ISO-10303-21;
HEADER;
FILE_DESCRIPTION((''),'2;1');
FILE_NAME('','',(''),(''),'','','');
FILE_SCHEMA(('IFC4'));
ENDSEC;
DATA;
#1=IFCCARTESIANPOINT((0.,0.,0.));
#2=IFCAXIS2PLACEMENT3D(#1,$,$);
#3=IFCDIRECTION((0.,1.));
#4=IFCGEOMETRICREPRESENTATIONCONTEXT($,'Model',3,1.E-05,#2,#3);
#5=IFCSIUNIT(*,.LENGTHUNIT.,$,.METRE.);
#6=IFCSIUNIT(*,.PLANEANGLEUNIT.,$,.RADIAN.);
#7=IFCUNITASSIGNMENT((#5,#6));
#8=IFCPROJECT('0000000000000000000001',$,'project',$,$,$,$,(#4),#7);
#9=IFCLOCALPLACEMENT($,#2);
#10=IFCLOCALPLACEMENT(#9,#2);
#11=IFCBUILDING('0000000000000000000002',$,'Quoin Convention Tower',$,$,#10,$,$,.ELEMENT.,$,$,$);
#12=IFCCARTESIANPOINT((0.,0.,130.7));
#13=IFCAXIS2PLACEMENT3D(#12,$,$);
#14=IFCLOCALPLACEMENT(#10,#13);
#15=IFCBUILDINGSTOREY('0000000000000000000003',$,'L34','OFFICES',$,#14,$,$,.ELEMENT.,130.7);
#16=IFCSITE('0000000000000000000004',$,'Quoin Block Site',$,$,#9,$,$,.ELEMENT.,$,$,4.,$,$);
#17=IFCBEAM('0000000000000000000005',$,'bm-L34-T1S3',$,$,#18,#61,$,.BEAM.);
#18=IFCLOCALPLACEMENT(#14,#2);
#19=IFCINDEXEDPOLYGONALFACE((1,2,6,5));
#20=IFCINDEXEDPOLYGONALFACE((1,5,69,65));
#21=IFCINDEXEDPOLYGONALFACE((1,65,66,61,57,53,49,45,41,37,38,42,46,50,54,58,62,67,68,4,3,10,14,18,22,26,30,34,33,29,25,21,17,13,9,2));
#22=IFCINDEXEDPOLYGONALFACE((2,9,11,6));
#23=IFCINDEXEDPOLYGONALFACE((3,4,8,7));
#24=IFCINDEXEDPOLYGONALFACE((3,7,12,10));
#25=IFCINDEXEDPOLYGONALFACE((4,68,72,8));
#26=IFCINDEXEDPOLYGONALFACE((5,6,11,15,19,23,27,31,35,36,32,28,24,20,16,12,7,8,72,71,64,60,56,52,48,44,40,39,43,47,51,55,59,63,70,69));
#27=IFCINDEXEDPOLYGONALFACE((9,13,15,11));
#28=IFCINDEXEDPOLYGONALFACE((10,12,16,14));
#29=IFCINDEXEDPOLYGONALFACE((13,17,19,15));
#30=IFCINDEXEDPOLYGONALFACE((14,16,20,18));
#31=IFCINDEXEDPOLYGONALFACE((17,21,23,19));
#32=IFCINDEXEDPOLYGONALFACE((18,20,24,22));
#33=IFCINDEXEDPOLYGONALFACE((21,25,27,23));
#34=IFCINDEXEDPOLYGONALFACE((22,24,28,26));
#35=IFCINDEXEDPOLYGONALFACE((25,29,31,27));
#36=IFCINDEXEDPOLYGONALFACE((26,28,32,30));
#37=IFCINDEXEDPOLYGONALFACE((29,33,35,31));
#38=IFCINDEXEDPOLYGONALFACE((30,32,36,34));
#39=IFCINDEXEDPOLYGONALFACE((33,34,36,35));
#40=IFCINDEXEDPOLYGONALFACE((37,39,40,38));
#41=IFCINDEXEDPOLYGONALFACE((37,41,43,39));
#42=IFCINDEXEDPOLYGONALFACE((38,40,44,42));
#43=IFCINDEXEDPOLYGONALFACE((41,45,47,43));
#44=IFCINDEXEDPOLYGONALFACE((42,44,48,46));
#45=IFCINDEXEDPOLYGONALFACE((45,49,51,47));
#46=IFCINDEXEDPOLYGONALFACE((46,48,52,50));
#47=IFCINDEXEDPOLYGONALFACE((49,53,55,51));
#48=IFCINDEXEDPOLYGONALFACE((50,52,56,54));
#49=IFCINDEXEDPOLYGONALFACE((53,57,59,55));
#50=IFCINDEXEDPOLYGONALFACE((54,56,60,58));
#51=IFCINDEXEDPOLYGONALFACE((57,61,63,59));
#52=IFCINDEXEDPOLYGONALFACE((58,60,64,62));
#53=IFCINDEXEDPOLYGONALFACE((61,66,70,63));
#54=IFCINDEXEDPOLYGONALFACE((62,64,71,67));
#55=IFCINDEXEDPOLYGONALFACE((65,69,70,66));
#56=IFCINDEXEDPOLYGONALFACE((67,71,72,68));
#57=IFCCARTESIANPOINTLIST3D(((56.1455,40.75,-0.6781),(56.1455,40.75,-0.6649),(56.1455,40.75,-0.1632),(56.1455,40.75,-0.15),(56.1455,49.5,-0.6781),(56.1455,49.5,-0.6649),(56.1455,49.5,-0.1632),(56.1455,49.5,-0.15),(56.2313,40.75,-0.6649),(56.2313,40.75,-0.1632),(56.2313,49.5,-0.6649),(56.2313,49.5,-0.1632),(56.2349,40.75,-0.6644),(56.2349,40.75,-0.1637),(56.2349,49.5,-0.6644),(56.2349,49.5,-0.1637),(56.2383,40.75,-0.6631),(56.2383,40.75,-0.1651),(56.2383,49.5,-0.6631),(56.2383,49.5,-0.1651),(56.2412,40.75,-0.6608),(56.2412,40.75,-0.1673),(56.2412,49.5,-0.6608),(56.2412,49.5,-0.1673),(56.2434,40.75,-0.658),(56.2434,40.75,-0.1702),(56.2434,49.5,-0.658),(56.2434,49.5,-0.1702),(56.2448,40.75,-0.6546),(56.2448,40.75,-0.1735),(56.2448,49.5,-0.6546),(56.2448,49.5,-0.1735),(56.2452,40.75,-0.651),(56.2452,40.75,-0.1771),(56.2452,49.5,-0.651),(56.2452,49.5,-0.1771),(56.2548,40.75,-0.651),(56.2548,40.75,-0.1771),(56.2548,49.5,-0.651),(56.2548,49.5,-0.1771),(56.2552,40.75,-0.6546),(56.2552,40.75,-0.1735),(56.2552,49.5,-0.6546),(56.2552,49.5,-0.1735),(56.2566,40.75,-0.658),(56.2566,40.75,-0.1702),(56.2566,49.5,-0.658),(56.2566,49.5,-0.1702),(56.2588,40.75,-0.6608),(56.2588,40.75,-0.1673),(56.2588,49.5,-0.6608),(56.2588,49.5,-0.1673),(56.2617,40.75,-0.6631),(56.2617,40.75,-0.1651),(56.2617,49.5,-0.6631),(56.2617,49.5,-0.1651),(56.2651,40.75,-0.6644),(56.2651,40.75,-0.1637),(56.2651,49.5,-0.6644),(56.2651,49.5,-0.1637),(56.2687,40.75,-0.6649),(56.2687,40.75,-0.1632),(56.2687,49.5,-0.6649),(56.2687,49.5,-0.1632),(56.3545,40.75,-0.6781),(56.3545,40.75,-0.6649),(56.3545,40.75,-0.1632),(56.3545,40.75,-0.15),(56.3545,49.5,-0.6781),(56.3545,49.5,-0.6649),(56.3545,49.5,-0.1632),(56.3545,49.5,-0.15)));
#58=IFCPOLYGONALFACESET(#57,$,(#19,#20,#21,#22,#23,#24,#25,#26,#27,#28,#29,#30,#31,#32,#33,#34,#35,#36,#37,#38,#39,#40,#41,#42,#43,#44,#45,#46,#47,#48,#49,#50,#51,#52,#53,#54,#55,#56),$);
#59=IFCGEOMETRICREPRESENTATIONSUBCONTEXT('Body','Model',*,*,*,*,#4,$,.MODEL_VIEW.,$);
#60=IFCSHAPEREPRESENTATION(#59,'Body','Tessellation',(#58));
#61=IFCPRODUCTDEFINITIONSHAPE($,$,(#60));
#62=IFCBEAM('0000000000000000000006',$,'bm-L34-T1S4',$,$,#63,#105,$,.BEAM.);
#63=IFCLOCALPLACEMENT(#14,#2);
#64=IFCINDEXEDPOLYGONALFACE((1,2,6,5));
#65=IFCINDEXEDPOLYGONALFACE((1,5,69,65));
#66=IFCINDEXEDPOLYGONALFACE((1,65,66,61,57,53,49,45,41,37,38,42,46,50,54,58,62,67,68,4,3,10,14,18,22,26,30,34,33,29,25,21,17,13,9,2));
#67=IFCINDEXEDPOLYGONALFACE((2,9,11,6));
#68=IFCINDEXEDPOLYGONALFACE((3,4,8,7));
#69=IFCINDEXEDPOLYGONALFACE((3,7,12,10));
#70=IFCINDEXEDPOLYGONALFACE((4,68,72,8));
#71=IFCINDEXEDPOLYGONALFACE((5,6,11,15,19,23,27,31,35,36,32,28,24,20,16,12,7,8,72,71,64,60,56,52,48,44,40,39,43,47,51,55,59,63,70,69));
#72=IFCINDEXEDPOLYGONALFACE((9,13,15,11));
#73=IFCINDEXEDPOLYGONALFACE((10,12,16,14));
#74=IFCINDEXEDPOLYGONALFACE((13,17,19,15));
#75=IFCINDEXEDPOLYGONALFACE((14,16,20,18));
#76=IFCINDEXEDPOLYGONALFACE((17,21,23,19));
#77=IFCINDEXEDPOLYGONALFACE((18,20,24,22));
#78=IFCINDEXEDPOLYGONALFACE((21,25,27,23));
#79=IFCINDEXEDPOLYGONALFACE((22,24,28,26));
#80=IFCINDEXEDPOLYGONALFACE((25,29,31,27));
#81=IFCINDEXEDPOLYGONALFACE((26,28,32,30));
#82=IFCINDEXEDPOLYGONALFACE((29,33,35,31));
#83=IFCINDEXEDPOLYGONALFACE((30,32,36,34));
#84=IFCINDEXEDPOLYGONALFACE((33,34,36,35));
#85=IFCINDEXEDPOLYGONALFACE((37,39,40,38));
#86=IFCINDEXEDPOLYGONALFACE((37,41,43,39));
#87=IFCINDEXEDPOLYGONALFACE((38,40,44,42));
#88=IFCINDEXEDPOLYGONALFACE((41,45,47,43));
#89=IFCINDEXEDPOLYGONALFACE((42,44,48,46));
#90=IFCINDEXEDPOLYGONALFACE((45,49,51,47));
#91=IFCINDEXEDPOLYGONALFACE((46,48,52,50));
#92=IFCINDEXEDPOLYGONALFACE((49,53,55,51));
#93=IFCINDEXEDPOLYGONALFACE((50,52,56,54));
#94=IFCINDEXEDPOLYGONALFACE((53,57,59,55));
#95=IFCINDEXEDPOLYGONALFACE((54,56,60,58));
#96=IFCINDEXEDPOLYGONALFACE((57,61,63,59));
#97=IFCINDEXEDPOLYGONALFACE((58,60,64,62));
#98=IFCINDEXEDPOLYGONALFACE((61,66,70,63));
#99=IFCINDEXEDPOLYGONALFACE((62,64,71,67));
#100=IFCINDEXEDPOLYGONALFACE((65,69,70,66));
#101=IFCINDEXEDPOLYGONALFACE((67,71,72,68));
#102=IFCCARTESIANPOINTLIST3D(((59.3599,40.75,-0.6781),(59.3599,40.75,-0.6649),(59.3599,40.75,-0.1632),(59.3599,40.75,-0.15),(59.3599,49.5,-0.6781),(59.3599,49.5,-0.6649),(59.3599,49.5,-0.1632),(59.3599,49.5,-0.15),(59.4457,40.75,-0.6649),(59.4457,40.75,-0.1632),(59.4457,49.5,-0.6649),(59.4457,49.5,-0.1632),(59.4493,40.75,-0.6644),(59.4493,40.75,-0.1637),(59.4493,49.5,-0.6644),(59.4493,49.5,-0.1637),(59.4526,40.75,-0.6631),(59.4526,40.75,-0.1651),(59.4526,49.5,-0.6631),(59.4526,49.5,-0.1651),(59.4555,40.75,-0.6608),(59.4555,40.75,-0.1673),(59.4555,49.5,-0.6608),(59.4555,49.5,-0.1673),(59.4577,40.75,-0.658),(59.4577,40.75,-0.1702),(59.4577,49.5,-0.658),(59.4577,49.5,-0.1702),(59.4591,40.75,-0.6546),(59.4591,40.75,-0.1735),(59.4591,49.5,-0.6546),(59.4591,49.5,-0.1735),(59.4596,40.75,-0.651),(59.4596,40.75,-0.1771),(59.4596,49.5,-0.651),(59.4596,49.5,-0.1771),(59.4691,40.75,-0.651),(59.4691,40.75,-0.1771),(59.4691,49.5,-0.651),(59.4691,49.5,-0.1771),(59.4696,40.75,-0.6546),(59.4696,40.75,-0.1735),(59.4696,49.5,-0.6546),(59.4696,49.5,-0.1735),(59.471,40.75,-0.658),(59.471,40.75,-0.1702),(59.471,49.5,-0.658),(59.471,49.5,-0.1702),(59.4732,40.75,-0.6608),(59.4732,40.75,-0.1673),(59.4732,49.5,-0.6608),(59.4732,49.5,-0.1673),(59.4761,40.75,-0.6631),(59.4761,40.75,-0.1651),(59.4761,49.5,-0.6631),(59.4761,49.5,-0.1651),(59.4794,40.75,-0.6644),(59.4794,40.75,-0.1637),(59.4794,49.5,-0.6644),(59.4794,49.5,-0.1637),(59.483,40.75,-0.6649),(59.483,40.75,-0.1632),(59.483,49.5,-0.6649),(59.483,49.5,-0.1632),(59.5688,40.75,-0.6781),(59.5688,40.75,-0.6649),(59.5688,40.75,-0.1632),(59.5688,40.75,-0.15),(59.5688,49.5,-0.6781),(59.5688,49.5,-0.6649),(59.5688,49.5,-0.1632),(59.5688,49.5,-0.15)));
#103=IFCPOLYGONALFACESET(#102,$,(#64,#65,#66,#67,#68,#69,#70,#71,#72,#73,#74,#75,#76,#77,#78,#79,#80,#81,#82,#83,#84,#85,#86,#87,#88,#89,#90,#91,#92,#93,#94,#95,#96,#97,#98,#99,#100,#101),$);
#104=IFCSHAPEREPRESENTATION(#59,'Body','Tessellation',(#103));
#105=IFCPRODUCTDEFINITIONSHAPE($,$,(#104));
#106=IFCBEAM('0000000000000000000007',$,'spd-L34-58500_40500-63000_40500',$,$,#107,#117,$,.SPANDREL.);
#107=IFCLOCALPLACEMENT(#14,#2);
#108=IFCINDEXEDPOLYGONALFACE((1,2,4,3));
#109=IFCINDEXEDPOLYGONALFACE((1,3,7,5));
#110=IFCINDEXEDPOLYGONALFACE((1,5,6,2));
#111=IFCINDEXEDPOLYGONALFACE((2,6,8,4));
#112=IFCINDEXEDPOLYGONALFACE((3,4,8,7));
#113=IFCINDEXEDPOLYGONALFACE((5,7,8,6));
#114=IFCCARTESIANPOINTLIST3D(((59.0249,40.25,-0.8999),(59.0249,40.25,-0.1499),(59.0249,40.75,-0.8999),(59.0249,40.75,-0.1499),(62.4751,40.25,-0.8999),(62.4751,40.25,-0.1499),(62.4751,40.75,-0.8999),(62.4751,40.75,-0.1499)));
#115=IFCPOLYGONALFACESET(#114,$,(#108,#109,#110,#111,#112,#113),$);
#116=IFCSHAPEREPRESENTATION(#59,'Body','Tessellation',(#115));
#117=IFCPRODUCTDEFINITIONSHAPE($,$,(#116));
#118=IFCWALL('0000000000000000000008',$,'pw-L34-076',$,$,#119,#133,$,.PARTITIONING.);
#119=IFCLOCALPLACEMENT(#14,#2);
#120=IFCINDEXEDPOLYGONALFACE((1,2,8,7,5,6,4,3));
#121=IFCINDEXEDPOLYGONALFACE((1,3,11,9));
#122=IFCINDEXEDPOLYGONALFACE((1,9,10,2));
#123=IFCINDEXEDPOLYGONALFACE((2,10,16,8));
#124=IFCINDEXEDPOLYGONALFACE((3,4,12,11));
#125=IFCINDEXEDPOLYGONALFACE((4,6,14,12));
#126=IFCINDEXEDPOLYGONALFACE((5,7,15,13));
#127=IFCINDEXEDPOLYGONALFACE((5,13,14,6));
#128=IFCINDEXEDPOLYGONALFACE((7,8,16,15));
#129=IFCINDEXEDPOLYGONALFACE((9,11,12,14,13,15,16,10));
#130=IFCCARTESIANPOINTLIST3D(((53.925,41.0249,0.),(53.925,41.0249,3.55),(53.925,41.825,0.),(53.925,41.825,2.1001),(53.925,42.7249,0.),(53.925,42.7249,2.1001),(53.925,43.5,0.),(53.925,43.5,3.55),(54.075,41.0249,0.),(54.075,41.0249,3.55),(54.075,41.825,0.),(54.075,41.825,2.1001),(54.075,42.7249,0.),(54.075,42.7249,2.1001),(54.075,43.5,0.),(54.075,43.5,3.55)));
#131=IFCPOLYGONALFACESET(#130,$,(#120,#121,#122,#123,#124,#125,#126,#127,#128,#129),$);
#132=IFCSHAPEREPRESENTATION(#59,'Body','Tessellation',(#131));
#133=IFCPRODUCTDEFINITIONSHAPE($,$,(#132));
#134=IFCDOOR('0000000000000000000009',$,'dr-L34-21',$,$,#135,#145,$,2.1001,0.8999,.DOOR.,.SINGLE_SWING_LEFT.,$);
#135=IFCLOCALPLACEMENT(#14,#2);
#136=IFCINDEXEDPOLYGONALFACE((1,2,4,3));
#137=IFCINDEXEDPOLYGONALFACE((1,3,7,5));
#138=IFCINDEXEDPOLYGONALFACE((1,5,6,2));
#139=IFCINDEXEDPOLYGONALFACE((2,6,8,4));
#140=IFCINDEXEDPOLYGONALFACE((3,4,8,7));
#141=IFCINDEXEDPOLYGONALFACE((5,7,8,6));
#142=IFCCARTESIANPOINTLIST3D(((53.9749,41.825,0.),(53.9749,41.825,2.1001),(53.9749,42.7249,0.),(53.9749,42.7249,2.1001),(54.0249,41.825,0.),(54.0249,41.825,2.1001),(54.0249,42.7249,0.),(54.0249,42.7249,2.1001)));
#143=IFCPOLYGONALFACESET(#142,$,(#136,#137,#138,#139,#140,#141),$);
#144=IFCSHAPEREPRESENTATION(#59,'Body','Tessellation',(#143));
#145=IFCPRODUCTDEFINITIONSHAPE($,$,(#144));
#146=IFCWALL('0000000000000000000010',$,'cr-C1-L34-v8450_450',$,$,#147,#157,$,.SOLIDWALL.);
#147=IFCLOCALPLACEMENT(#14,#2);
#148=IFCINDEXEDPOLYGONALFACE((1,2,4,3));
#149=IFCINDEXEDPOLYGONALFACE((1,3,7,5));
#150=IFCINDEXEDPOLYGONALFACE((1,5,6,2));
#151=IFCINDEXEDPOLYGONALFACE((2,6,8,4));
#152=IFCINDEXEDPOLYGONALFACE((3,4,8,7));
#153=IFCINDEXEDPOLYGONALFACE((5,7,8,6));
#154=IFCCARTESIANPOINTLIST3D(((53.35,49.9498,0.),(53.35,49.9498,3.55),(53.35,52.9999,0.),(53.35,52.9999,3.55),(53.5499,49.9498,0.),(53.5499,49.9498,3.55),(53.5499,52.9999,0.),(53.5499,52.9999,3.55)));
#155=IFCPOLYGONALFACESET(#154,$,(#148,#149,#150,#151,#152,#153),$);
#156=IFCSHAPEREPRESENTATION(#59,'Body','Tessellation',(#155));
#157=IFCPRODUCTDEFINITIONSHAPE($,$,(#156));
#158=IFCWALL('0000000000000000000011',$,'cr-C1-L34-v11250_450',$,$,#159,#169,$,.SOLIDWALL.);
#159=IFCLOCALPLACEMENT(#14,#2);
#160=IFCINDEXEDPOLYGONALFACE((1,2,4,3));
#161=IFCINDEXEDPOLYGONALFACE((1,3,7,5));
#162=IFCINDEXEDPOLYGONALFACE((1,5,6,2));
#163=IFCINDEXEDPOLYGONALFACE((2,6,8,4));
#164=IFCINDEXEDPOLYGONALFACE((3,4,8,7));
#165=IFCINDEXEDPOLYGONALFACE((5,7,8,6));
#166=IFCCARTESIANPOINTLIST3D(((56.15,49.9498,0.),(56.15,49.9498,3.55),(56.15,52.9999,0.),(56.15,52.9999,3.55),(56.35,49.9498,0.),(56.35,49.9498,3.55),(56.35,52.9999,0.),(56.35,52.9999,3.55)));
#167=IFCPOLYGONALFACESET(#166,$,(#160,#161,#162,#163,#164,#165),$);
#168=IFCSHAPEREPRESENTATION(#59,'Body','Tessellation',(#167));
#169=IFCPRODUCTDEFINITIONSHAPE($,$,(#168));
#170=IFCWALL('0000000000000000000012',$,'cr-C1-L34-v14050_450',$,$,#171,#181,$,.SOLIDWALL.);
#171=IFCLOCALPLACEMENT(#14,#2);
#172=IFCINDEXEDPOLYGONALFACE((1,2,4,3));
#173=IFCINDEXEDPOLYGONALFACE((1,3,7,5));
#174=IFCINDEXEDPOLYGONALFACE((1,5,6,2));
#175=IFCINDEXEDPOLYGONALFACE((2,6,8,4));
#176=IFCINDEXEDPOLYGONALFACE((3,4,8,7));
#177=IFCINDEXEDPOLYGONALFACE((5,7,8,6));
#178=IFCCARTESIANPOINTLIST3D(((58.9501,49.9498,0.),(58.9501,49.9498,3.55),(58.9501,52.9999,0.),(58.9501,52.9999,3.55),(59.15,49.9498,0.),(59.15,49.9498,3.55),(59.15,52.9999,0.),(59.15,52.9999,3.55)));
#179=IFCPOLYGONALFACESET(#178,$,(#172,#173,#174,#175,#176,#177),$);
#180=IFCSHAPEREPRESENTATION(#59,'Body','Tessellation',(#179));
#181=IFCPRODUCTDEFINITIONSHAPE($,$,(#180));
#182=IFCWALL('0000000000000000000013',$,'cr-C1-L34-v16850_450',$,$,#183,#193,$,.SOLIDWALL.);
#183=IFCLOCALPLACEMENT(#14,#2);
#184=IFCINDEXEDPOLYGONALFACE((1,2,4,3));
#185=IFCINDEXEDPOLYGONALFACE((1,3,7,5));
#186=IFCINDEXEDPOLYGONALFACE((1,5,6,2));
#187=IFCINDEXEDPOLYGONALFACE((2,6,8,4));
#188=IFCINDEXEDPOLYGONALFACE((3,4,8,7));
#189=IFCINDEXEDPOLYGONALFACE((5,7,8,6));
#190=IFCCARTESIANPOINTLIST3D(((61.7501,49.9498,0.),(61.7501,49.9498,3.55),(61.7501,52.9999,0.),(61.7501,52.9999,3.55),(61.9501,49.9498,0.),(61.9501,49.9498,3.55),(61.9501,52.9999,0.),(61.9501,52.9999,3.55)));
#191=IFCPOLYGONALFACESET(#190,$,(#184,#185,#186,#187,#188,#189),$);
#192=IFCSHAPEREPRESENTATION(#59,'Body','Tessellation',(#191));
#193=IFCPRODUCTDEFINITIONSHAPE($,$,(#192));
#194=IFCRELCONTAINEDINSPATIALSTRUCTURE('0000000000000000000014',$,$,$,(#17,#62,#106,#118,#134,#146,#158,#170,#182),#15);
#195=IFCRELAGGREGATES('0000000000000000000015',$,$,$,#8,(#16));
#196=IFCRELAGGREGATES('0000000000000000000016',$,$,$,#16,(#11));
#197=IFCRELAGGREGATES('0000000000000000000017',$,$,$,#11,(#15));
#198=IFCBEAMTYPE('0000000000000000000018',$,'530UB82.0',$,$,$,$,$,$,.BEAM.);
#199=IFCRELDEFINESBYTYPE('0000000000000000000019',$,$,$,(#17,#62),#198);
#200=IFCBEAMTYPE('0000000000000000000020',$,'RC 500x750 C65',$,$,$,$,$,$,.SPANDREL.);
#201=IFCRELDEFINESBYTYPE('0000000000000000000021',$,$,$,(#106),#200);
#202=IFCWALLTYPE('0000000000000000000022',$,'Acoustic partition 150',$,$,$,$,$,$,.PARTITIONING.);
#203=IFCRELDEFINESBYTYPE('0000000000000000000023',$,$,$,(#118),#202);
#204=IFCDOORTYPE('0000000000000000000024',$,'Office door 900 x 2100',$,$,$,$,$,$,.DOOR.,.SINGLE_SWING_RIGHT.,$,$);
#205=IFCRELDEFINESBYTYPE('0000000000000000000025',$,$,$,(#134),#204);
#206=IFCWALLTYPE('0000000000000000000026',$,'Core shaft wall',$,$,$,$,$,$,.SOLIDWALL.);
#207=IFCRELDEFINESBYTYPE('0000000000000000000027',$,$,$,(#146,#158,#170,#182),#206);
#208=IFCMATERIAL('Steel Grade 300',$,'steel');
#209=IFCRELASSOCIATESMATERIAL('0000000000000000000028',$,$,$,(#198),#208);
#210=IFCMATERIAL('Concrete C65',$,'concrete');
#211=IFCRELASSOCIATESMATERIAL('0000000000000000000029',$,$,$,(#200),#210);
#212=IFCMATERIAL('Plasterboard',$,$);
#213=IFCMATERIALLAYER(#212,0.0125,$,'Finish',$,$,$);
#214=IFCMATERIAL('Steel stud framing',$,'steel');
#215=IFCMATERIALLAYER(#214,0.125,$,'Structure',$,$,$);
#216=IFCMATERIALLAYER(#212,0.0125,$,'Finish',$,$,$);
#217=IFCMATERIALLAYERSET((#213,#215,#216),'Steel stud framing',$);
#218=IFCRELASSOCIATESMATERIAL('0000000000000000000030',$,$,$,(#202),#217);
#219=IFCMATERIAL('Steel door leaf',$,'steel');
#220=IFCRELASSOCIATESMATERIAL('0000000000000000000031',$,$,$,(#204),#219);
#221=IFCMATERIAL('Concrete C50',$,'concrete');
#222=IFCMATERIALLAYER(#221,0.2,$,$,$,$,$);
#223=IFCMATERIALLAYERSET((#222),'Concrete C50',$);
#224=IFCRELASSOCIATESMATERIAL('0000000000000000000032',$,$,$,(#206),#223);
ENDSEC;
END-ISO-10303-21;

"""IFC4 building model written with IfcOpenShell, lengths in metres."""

from ifc_helpers import new_model, si_unit, direction, frame, frame_2d, origin, origin_2d, place, context, subcontext, project, spatial, rectangle, i_section, extrude, material, layer, layer_set, material_profile, profile_set, type_object, element, fill, save


model = new_model("IFC4")

# Units and contexts
model_context = context("Model", 3, precision=1e-05, world=origin(), true_north=direction((0.0, 1.0)))
body_context = subcontext(model_context, "Body", "Model", "MODEL_VIEW")
ifc_project = project(units=[si_unit("LENGTHUNIT", "METRE"), si_unit("PLANEANGLEUNIT", "RADIAN")], contexts=[model_context])

# Site, building, storey
site_placement = place(None, origin())
site = spatial("IfcSite", under=ifc_project, at=site_placement, Name="Quoin Block Site", CompositionType="ELEMENT", RefElevation=4.0)
building_placement = place(site_placement, origin())
building = spatial("IfcBuilding", under=site, at=building_placement, Name="Quoin Convention Tower", CompositionType="ELEMENT")
storey_placement = place(building_placement, frame((0.0, 0.0, 130.7)))
storey = spatial("IfcBuildingStorey", under=building, at=storey_placement, Name="L34", Description="OFFICES", CompositionType="ELEMENT", Elevation=130.7)

# Beams
ifc_material_1 = material(Name="Steel Grade 300", Category="steel")
ifc_material_profile_1 = material_profile(ifc_material_1, i_section(OverallWidth=0.209, OverallDepth=0.5281, WebThickness=0.0095, FlangeThickness=0.0132, FilletRadius=0.0139, at=origin_2d()), Name="530UB82.0")
ifc_profile_set_1 = profile_set([ifc_material_profile_1], Name="Steel Grade 300")
beam_type_1 = type_object("IfcBeamType", Name="530UB82.0", PredefinedType="BEAM", material=ifc_profile_set_1)
for number, where, z_axis, x_axis, name in (
    (1, (56.25, 40.75, -0.4141), (0.0, 1.0, 0.0), (-1.0, 0.0, 0.0), "bm-L34-T1S3"),
    (2, (59.4644, 40.75, -0.4141), (0.0, 1.0, 0.0), (-1.0, 0.0, 0.0), "bm-L34-T1S4"),
):
    element("IfcBeam", number, at=place(storey_placement, frame(where, z_axis=z_axis, x_axis=x_axis)), inside=storey, type_object=beam_type_1, Name=name, PredefinedType="BEAM", context=body_context, shape_type="SweptSolid", body=[
        extrude(i_section(OverallWidth=0.209, OverallDepth=0.5281, WebThickness=0.0095, FlangeThickness=0.0132, FilletRadius=0.0139, at=origin_2d()), origin(), (0.0, 0.0, 1.0), 8.75),
    ])
ifc_material_2 = material(Name="Concrete C65", Category="concrete")
ifc_material_profile_2 = material_profile(ifc_material_2, rectangle(XDim=0.5, YDim=0.75, at=origin_2d()), Name="RC 500x750")
ifc_profile_set_2 = profile_set([ifc_material_profile_2], Name="Concrete C65")
beam_type_2 = type_object("IfcBeamType", Name="RC 500x750 C65", PredefinedType="SPANDREL", material=ifc_profile_set_2)
beam_placement = place(storey_placement, frame((59.0249, 40.5, -0.5249), z_axis=(1.0, 0.0, 0.0), x_axis=(0.0, 1.0, 0.0)))
element("IfcBeam", 3, at=beam_placement, inside=storey, type_object=beam_type_2, Name="spd-L34-58500_40500-63000_40500", PredefinedType="SPANDREL", context=body_context, shape_type="SweptSolid", body=[
    extrude(rectangle(XDim=0.5, YDim=0.75, at=origin_2d()), origin(), (0.0, 0.0, 1.0), 3.4502),
])

# Wall, opening, door
ifc_material_3 = material(Name="Plasterboard")
ifc_layer_1 = layer(ifc_material_3, 0.0125, Name="Finish")
ifc_material_4 = material(Name="Steel stud framing", Category="steel")
ifc_layer_2 = layer(ifc_material_4, 0.125, Name="Structure")
ifc_layer_3 = layer(ifc_material_3, 0.0125, Name="Finish")
ifc_layer_set_1 = layer_set([ifc_layer_1, ifc_layer_2, ifc_layer_3], Name="Steel stud framing")
wall_type_1 = type_object("IfcWallType", Name="Acoustic partition 150", PredefinedType="PARTITIONING", material=ifc_layer_set_1)
wall_1_placement = place(storey_placement, frame((54.0, 41.0249, 0.0), z_axis=(0.0, 0.0, 1.0), x_axis=(0.0, 1.0, 0.0)))
wall_1 = element("IfcWall", 4, at=wall_1_placement, inside=storey, type_object=wall_type_1, Name="pw-L34-076", PredefinedType="PARTITIONING", context=body_context, shape_type="SweptSolid", body=[
    extrude(rectangle(XDim=2.4751, YDim=0.1499, at=frame_2d((1.2375, 0.0))), origin(), (0.0, 0.0, 1.0), 3.55),
])
opening_1_placement = place(wall_1_placement, frame((0.8, 0.0, 0.0)))
opening_1 = element("IfcOpeningElement", 5, at=opening_1_placement, cuts=wall_1, PredefinedType="OPENING", context=body_context, shape_type="SweptSolid", body=[
    extrude(rectangle(XDim=0.8999, YDim=2.1001, at=frame_2d((0.45, 1.05))), frame((0.0, 0.085, 0.0), z_axis=(0.0, -1.0, 0.0), x_axis=(1.0, 0.0, 0.0)), (0.0, 0.0, 1.0), 0.1699),
])
ifc_material_5 = material(Name="Steel door leaf", Category="steel")
door_type = type_object("IfcDoorType", Name="Office door 900 x 2100", OperationType="SINGLE_SWING_RIGHT", PredefinedType="DOOR", material=ifc_material_5)
door_1_placement = place(opening_1_placement, frame((0.8999, 0.0, 0.0), z_axis=(0.0, 0.0, 1.0), x_axis=(-1.0, 0.0, 0.0)))
door_1 = element("IfcDoor", 6, at=door_1_placement, inside=storey, type_object=door_type, Name="dr-L34-21", OperationType="SINGLE_SWING_LEFT", OverallHeight=2.1001, OverallWidth=0.8999, PredefinedType="DOOR", context=body_context, shape_type="SweptSolid", body=[
    extrude(rectangle(XDim=0.8999, YDim=2.1001, at=frame_2d((0.45, 1.05))), frame((0.0, 0.0249, 0.0), z_axis=(0.0, -1.0, 0.0), x_axis=(1.0, 0.0, 0.0)), (0.0, 0.0, 1.0), 0.05),
])
fill(opening_1, door_1)

# Walls
ifc_material_6 = material(Name="Concrete C50", Category="concrete")
ifc_layer_4 = layer(ifc_material_6, 0.2)
ifc_layer_set_2 = layer_set([ifc_layer_4], Name="Concrete C50")
wall_type_2 = type_object("IfcWallType", Name="Core shaft wall", PredefinedType="SOLIDWALL", material=ifc_layer_set_2)
for number, where, z_axis, x_axis, name in (
    (7, (53.45, 49.95, 0.0), (0.0, 0.0, 1.0), (0.0, 1.0, 0.0), "cr-C1-L34-v8450_450"),
    (8, (56.25, 49.95, 0.0), (0.0, 0.0, 1.0), (0.0, 1.0, 0.0), "cr-C1-L34-v11250_450"),
    (9, (59.05, 49.95, 0.0), (0.0, 0.0, 1.0), (0.0, 1.0, 0.0), "cr-C1-L34-v14050_450"),
    (10, (61.8501, 49.95, 0.0), (0.0, 0.0, 1.0), (0.0, 1.0, 0.0), "cr-C1-L34-v16850_450"),
):
    element("IfcWall", number, at=place(storey_placement, frame(where, z_axis=z_axis, x_axis=x_axis)), inside=storey, type_object=wall_type_2, Name=name, PredefinedType="SOLIDWALL", context=body_context, shape_type="SweptSolid", body=[
        extrude(rectangle(XDim=3.05, YDim=0.2, at=frame_2d((1.5249, 0.0))), origin(), (0.0, 0.0, 1.0), 3.55),
    ])

save(model, "model.ifc")
